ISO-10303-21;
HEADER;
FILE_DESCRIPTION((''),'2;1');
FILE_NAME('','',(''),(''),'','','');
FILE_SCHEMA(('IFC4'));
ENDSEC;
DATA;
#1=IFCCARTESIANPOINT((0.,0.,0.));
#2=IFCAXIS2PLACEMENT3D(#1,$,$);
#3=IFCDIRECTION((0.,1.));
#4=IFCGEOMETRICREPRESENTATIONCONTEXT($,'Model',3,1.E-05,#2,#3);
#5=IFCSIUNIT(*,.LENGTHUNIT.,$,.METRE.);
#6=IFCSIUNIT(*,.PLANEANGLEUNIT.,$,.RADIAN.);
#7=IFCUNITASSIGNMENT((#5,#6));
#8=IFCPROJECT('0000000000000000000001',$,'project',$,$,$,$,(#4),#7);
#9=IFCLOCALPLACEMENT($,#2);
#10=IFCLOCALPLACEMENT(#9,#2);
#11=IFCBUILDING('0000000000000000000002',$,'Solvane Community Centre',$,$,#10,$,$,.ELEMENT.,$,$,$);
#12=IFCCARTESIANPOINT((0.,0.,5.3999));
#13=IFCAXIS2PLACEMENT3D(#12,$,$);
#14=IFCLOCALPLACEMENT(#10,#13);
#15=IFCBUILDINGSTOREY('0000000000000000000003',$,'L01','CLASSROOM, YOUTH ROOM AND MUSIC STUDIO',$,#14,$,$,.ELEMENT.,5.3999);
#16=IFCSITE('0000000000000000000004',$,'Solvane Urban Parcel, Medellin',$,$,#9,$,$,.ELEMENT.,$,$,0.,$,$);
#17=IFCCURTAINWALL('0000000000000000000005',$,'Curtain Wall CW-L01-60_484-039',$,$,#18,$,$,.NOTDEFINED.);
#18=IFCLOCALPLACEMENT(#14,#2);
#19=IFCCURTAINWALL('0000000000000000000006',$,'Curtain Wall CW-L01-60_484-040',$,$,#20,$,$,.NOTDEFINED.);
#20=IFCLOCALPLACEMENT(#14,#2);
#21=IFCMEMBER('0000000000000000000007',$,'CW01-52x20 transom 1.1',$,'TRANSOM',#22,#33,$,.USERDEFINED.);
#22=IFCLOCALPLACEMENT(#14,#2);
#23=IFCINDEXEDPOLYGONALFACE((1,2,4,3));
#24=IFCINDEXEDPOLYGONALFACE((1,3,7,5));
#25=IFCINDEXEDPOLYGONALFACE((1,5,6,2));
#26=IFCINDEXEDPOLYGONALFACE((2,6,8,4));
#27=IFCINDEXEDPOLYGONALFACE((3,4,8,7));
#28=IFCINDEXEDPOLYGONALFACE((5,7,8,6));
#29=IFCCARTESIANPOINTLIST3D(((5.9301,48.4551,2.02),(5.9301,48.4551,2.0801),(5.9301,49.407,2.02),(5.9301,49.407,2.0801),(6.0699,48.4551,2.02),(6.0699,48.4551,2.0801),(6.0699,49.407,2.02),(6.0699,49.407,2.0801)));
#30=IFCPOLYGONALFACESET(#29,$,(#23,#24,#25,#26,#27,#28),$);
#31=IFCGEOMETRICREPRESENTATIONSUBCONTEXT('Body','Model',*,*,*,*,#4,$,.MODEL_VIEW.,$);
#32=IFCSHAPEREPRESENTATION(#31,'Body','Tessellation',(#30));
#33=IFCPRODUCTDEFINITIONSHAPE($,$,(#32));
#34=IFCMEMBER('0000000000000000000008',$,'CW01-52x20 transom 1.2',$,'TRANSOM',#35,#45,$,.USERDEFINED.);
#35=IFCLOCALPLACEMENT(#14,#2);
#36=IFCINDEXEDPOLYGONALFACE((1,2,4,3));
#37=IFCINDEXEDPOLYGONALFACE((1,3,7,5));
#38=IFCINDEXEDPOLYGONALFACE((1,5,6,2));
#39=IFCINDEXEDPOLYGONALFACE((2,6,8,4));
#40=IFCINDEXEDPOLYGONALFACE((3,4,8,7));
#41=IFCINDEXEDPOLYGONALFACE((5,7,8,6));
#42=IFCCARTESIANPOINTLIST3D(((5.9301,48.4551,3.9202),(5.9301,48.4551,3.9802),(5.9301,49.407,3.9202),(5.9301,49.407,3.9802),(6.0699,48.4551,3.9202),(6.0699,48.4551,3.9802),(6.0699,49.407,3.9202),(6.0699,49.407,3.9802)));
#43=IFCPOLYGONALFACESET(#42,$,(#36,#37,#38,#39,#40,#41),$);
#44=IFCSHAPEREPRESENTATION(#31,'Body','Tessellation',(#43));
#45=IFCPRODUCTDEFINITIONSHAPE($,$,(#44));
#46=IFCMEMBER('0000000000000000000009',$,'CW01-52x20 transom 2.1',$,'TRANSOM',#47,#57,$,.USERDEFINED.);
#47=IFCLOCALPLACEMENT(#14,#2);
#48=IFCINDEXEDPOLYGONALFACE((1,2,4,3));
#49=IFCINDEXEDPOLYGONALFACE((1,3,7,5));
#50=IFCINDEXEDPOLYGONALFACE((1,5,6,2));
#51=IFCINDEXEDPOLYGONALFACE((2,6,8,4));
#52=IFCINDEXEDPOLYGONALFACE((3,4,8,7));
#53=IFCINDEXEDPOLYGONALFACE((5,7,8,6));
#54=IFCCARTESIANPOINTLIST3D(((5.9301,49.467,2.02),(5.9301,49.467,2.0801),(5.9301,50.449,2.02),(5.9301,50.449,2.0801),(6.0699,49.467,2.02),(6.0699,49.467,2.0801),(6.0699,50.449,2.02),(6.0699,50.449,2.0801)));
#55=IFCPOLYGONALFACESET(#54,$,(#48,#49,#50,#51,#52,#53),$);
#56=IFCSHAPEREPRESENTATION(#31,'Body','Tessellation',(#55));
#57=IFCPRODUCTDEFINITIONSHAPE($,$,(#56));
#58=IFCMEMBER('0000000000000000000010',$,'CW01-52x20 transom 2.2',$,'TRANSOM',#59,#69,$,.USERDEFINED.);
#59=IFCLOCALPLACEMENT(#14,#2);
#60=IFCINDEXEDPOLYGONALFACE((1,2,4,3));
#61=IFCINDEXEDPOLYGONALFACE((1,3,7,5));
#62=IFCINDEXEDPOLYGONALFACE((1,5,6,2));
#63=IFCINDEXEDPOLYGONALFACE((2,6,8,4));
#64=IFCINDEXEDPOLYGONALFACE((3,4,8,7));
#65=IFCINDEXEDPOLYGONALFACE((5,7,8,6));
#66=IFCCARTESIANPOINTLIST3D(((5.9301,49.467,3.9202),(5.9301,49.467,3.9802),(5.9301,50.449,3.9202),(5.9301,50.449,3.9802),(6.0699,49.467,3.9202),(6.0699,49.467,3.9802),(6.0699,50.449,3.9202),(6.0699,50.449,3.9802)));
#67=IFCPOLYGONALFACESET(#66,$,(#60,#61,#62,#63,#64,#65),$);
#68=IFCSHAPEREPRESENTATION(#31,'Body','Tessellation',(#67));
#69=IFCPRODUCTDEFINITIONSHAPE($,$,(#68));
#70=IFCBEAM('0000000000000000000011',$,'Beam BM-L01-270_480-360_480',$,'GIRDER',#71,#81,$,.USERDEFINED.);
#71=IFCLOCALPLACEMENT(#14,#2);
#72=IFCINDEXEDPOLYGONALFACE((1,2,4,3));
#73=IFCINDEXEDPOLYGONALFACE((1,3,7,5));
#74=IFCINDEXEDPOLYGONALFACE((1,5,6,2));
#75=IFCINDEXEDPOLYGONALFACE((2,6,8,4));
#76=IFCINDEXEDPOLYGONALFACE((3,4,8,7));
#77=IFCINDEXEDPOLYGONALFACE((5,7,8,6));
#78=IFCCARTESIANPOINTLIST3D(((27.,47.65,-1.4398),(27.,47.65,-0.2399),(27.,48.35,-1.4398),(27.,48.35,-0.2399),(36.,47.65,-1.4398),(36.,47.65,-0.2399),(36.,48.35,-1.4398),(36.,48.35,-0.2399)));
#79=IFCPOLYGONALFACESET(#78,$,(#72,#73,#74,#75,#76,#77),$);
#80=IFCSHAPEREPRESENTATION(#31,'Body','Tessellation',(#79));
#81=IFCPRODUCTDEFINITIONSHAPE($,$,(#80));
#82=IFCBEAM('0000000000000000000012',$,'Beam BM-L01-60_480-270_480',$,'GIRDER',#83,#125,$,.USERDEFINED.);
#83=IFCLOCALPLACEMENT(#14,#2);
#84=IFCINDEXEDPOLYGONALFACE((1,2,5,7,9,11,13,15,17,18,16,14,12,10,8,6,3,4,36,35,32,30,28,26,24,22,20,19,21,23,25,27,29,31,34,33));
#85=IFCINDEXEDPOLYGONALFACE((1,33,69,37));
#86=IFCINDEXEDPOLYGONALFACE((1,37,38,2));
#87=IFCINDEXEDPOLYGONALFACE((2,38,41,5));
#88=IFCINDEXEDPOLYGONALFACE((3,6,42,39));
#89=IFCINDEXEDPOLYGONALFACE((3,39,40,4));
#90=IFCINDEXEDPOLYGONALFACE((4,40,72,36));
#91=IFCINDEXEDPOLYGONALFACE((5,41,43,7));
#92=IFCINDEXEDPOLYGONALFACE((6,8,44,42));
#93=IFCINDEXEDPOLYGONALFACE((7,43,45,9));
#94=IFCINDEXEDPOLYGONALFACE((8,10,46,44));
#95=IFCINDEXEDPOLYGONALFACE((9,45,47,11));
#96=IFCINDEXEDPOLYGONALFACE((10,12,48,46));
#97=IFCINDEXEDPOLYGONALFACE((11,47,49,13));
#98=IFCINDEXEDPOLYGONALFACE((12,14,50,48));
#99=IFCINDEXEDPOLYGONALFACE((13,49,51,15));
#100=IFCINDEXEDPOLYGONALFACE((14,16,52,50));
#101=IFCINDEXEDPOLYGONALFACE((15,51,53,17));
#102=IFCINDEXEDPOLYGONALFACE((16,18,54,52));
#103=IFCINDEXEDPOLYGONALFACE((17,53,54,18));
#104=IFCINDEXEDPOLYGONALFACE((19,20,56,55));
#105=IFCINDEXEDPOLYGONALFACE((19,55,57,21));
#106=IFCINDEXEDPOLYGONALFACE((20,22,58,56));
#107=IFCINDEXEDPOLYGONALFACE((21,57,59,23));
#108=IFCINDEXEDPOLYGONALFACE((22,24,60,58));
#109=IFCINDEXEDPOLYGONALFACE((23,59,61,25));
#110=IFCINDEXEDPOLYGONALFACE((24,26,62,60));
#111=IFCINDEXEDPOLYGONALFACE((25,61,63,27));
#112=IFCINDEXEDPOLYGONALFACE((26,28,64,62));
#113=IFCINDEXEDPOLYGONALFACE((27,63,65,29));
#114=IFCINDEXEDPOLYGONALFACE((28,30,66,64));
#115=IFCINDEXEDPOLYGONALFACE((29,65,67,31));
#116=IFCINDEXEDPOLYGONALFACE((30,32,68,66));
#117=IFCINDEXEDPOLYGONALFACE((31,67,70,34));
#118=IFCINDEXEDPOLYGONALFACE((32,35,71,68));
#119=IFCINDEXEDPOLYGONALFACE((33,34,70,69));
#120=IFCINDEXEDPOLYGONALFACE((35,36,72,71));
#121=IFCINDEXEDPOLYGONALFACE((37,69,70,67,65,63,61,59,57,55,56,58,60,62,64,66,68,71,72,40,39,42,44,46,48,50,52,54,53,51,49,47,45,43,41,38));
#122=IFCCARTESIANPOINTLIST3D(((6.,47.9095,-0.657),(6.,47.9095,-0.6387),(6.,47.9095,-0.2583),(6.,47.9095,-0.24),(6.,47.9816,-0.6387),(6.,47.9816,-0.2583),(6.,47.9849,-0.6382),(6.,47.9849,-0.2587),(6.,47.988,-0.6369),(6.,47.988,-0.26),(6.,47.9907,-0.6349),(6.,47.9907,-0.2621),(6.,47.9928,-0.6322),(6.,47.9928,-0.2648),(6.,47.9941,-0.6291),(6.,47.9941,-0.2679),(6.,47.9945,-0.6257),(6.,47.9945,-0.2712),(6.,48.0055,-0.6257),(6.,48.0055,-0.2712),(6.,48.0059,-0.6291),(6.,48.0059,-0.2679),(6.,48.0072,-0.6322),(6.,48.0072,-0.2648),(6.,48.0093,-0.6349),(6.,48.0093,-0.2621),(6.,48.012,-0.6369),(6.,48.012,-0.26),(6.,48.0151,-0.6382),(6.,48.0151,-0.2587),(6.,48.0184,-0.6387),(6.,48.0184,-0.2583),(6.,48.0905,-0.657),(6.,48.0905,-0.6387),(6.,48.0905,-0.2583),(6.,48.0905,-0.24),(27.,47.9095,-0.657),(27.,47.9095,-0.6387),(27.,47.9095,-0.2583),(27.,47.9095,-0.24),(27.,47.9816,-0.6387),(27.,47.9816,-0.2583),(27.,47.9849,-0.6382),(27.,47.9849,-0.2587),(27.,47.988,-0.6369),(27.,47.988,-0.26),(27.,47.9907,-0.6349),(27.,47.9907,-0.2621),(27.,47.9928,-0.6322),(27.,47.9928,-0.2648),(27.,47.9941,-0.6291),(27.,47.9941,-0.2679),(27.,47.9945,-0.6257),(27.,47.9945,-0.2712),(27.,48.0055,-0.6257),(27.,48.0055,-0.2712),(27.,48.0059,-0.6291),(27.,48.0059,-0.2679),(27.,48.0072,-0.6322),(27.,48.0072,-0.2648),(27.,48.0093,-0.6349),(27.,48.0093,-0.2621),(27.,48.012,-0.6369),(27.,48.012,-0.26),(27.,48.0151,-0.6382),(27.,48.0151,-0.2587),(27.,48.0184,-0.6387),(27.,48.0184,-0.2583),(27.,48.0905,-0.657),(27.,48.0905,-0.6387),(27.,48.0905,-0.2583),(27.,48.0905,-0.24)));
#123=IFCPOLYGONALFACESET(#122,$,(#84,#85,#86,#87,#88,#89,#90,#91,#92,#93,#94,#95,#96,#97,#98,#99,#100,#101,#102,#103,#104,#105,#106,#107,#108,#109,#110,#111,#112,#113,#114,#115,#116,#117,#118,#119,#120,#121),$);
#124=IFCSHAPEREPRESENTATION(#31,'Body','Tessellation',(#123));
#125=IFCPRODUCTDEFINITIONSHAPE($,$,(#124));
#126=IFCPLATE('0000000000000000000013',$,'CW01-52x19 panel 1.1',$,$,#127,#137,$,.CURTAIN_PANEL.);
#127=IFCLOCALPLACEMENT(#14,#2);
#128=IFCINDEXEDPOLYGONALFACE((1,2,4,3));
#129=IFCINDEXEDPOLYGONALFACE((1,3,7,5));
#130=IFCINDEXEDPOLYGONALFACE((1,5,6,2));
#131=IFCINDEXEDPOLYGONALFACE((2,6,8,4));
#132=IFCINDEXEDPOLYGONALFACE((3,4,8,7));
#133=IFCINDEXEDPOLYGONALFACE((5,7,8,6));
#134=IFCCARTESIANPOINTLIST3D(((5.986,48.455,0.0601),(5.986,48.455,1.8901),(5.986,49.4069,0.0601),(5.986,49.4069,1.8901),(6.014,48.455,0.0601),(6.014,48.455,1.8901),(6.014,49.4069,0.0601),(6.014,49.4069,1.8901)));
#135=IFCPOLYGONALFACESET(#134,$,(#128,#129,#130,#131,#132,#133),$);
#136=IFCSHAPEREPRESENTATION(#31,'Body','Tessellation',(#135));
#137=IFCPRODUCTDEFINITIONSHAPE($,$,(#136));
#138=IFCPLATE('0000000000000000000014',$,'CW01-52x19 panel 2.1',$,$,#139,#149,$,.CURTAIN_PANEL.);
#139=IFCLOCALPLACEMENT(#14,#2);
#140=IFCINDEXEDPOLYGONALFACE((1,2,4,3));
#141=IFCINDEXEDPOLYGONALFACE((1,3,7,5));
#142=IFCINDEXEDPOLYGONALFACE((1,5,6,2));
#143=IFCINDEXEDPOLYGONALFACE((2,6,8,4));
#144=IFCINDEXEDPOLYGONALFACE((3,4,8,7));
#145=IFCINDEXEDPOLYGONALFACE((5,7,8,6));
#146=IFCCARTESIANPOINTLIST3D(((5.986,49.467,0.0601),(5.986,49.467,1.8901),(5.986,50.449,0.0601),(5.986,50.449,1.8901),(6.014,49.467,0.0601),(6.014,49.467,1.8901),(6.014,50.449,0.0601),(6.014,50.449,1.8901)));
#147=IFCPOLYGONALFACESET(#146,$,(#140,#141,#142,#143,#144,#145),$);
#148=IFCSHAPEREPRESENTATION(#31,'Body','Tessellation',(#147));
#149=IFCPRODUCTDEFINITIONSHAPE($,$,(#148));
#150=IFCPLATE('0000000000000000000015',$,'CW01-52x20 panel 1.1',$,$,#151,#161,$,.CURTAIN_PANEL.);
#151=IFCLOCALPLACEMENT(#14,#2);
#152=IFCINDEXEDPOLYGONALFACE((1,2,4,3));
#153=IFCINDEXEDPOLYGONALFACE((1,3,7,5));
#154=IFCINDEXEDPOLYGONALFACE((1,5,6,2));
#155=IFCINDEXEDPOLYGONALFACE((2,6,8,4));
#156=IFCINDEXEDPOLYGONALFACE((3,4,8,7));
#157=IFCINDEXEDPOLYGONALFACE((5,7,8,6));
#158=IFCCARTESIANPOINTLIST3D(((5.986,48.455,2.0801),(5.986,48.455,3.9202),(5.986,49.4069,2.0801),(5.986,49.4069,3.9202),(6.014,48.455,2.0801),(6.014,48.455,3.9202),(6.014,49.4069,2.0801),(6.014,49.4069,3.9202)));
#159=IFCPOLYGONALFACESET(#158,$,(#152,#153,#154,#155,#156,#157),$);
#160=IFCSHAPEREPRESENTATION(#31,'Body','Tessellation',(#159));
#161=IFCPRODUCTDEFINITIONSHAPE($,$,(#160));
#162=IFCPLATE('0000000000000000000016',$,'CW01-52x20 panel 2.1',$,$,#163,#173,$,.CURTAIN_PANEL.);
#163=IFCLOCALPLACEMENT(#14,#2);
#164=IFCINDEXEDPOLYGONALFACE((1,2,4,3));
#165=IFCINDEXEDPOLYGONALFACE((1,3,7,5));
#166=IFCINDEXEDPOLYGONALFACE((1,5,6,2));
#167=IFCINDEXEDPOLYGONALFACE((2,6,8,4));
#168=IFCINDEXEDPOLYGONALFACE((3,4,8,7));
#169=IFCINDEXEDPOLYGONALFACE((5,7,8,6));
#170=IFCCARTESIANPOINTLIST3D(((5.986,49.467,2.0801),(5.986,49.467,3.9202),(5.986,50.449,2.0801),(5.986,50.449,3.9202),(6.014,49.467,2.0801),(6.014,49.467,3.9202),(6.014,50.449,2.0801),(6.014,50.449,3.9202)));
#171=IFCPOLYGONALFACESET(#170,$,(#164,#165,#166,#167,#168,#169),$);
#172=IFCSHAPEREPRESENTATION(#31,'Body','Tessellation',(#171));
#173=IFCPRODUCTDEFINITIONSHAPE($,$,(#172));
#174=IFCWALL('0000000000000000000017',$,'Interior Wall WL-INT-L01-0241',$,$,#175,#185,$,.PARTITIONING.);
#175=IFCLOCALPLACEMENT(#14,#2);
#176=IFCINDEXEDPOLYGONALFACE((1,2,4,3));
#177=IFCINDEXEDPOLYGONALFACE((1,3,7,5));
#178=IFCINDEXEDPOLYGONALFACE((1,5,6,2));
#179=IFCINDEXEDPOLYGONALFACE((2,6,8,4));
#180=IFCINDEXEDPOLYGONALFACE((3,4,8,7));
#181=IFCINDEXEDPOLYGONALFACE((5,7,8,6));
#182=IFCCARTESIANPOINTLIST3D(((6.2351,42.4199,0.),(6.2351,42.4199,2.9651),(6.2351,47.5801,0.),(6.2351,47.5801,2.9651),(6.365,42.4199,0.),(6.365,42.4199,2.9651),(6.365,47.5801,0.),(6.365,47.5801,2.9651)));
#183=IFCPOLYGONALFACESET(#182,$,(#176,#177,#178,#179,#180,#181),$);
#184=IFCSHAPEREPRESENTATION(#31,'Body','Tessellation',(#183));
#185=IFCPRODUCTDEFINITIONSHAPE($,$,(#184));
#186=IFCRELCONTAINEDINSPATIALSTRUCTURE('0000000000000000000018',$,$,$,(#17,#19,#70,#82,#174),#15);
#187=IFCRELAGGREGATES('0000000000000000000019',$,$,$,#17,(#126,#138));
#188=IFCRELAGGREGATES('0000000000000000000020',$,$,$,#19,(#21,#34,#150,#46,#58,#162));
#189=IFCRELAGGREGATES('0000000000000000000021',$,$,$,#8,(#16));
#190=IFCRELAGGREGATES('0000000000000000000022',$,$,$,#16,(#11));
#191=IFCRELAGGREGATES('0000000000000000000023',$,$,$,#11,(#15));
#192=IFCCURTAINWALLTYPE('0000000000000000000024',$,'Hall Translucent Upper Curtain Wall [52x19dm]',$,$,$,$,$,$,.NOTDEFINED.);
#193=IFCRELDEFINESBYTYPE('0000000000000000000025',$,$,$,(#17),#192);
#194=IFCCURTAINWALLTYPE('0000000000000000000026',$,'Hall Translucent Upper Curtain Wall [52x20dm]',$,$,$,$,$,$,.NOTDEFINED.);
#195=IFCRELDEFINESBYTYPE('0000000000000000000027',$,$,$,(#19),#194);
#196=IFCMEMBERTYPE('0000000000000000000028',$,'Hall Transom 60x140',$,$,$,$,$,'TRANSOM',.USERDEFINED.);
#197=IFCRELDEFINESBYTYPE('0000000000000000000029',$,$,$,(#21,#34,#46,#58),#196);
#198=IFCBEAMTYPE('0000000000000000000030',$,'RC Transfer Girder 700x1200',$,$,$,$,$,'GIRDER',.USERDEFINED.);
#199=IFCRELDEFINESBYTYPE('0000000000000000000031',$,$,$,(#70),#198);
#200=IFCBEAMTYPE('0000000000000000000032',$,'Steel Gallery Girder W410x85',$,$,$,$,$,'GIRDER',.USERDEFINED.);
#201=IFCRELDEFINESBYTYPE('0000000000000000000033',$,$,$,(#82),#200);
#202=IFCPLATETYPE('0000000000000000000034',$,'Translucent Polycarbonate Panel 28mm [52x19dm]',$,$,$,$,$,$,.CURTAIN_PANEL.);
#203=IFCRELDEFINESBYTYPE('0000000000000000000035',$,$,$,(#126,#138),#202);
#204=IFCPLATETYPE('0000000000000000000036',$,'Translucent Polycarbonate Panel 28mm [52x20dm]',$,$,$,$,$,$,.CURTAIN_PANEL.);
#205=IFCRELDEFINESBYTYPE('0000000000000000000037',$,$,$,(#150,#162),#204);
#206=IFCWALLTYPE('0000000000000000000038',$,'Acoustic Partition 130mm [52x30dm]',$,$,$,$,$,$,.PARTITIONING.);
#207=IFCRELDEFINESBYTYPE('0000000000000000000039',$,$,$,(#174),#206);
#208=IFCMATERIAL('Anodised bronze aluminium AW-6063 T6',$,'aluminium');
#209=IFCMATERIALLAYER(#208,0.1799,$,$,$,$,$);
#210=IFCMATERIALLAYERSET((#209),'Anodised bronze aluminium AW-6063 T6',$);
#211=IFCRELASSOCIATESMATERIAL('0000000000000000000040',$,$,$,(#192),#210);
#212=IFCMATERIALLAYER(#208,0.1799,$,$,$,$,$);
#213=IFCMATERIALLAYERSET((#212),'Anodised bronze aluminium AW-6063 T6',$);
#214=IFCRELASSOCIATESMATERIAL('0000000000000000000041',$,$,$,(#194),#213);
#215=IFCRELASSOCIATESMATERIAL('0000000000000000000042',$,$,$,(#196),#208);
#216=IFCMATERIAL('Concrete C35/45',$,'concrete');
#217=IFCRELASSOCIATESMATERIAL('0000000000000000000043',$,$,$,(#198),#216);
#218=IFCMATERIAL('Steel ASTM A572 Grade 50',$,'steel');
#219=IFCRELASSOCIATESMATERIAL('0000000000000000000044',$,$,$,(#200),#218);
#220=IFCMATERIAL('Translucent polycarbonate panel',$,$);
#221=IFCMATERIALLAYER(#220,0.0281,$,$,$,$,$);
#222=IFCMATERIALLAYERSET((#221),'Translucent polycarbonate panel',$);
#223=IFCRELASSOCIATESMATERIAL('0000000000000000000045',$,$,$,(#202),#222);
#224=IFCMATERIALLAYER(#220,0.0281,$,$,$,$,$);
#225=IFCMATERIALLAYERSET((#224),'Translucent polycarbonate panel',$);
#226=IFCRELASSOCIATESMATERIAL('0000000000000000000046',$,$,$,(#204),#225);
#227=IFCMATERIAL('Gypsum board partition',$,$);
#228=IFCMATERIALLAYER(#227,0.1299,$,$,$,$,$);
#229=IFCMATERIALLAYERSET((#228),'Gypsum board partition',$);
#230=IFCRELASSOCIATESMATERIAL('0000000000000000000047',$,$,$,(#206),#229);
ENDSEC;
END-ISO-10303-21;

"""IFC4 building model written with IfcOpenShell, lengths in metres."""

from ifc_helpers import new_model, si_unit, direction, frame, frame_2d, origin, origin_2d, place, context, subcontext, project, spatial, rectangle, i_section, extrude, material, layer, layer_set, material_profile, profile_set, type_object, element, aggregate, save


model = new_model("IFC4")

# Units and contexts
model_context = context("Model", 3, precision=1e-05, world=origin(), true_north=direction((0.0, 1.0)))
body_context = subcontext(model_context, "Body", "Model", "MODEL_VIEW")
ifc_project = project(units=[si_unit("LENGTHUNIT", "METRE"), si_unit("PLANEANGLEUNIT", "RADIAN")], contexts=[model_context])

# Site, building, storey
site_placement = place(None, origin())
site = spatial("IfcSite", under=ifc_project, at=site_placement, Name="Solvane Urban Parcel, Medellin", CompositionType="ELEMENT", RefElevation=0.0)
building_placement = place(site_placement, origin())
building = spatial("IfcBuilding", under=site, at=building_placement, Name="Solvane Community Centre", CompositionType="ELEMENT")
storey_placement = place(building_placement, frame((0.0, 0.0, 5.3999)))
storey = spatial("IfcBuildingStorey", under=building, at=storey_placement, Name="L01", Description="CLASSROOM, YOUTH ROOM AND MUSIC STUDIO", CompositionType="ELEMENT", Elevation=5.3999)

# Shared definitions
ifc_material_1 = material(Name="Concrete C35/45", Category="concrete")

# Curtain walls
ifc_material_2 = material(Name="Anodised bronze aluminium AW-6063 T6", Category="aluminium")
ifc_layer_1 = layer(ifc_material_2, 0.1799)
ifc_layer_set_1 = layer_set([ifc_layer_1], Name="Anodised bronze aluminium AW-6063 T6")
curtain_wall_type_1 = type_object("IfcCurtainWallType", Name="Hall Translucent Upper Curtain Wall [52x19dm]", PredefinedType="NOTDEFINED", material=ifc_layer_set_1)
curtain_wall_1_placement = place(storey_placement, origin())
curtain_wall_1 = element("IfcCurtainWall", 1, at=curtain_wall_1_placement, inside=storey, type_object=curtain_wall_type_1, Name="Curtain Wall CW-L01-60_484-039", PredefinedType="NOTDEFINED")
ifc_layer_2 = layer(ifc_material_2, 0.1799)
ifc_layer_set_2 = layer_set([ifc_layer_2], Name="Anodised bronze aluminium AW-6063 T6")
curtain_wall_type_2 = type_object("IfcCurtainWallType", Name="Hall Translucent Upper Curtain Wall [52x20dm]", PredefinedType="NOTDEFINED", material=ifc_layer_set_2)
curtain_wall_2_placement = place(storey_placement, origin())
curtain_wall_2 = element("IfcCurtainWall", 2, at=curtain_wall_2_placement, inside=storey, type_object=curtain_wall_type_2, Name="Curtain Wall CW-L01-60_484-040", PredefinedType="NOTDEFINED")

# Members
ifc_material_profile_1 = material_profile(ifc_material_2, rectangle(XDim=0.1399, YDim=0.0601, at=origin_2d()), Name="CW-T 60x140")
ifc_profile_set_1 = profile_set([ifc_material_profile_1], Name="Anodised bronze aluminium AW-6063 T6")
member_type_1 = type_object("IfcMemberType", Name="Hall Transom 60x140", ElementType="TRANSOM", PredefinedType="USERDEFINED", material=ifc_profile_set_1)
member_1_placement = place(storey_placement, frame((6.0, 48.4551, 2.05), z_axis=(0.0, 1.0, 0.0), x_axis=(-1.0, 0.0, 0.0)))
member_1 = element("IfcMember", 3, at=member_1_placement, type_object=member_type_1, Name="CW01-52x20 transom 1.1", ObjectType="TRANSOM", PredefinedType="USERDEFINED", context=body_context, shape_type="SweptSolid", body=[
    extrude(rectangle(XDim=0.1399, YDim=0.0601, at=origin_2d()), origin(), (0.0, 0.0, 1.0), 0.9519),
])
member_2_placement = place(storey_placement, frame((6.0, 48.4551, 3.9502), z_axis=(0.0, 1.0, 0.0), x_axis=(-1.0, 0.0, 0.0)))
member_2 = element("IfcMember", 4, at=member_2_placement, type_object=member_type_1, Name="CW01-52x20 transom 1.2", ObjectType="TRANSOM", PredefinedType="USERDEFINED", context=body_context, shape_type="SweptSolid", body=[
    extrude(rectangle(XDim=0.1399, YDim=0.0601, at=origin_2d()), origin(), (0.0, 0.0, 1.0), 0.9519),
])
member_3_placement = place(storey_placement, frame((6.0, 49.467, 2.05), z_axis=(0.0, 1.0, 0.0), x_axis=(-1.0, 0.0, 0.0)))
member_3 = element("IfcMember", 5, at=member_3_placement, type_object=member_type_1, Name="CW01-52x20 transom 2.1", ObjectType="TRANSOM", PredefinedType="USERDEFINED", context=body_context, shape_type="SweptSolid", body=[
    extrude(rectangle(XDim=0.1399, YDim=0.0601, at=origin_2d()), origin(), (0.0, 0.0, 1.0), 0.9819),
])
member_4_placement = place(storey_placement, frame((6.0, 49.467, 3.9502), z_axis=(0.0, 1.0, 0.0), x_axis=(-1.0, 0.0, 0.0)))
member_4 = element("IfcMember", 6, at=member_4_placement, type_object=member_type_1, Name="CW01-52x20 transom 2.2", ObjectType="TRANSOM", PredefinedType="USERDEFINED", context=body_context, shape_type="SweptSolid", body=[
    extrude(rectangle(XDim=0.1399, YDim=0.0601, at=origin_2d()), origin(), (0.0, 0.0, 1.0), 0.9819),
])

# Beams
ifc_material_profile_2 = material_profile(ifc_material_1, rectangle(XDim=0.7, YDim=1.2, at=origin_2d()), Name="RC 700x1200")
ifc_profile_set_2 = profile_set([ifc_material_profile_2], Name="Concrete C35/45")
beam_type_1 = type_object("IfcBeamType", Name="RC Transfer Girder 700x1200", ElementType="GIRDER", PredefinedType="USERDEFINED", material=ifc_profile_set_2)
beam_1_placement = place(storey_placement, frame((27.0, 48.0, -0.8398), z_axis=(1.0, 0.0, 0.0), x_axis=(0.0, 1.0, 0.0)))
element("IfcBeam", 7, at=beam_1_placement, inside=storey, type_object=beam_type_1, Name="Beam BM-L01-270_480-360_480", ObjectType="GIRDER", PredefinedType="USERDEFINED", context=body_context, shape_type="SweptSolid", body=[
    extrude(rectangle(XDim=0.7, YDim=1.2, at=origin_2d()), origin(), (0.0, 0.0, 1.0), 9.0),
])
ifc_material_3 = material(Name="Steel ASTM A572 Grade 50", Category="steel")
ifc_material_profile_3 = material_profile(ifc_material_3, i_section(OverallWidth=0.1809, OverallDepth=0.417, WebThickness=0.011, FlangeThickness=0.0183, FilletRadius=0.0129, at=origin_2d()), Name="W410x85")
ifc_profile_set_3 = profile_set([ifc_material_profile_3], Name="Steel ASTM A572 Grade 50")
beam_type_2 = type_object("IfcBeamType", Name="Steel Gallery Girder W410x85", ElementType="GIRDER", PredefinedType="USERDEFINED", material=ifc_profile_set_3)
beam_2_placement = place(storey_placement, frame((6.0, 48.0, -0.4485), z_axis=(1.0, 0.0, 0.0), x_axis=(0.0, 1.0, 0.0)))
element("IfcBeam", 8, at=beam_2_placement, inside=storey, type_object=beam_type_2, Name="Beam BM-L01-60_480-270_480", ObjectType="GIRDER", PredefinedType="USERDEFINED", context=body_context, shape_type="SweptSolid", body=[
    extrude(i_section(OverallWidth=0.1809, OverallDepth=0.417, WebThickness=0.011, FlangeThickness=0.0183, FilletRadius=0.0129, at=origin_2d()), origin(), (0.0, 0.0, 1.0), 21.0),
])

# Plates
ifc_material_4 = material(Name="Translucent polycarbonate panel")
ifc_layer_3 = layer(ifc_material_4, 0.0281)
ifc_layer_set_3 = layer_set([ifc_layer_3], Name="Translucent polycarbonate panel")
plate_type_1 = type_object("IfcPlateType", Name="Translucent Polycarbonate Panel 28mm [52x19dm]", PredefinedType="CURTAIN_PANEL", material=ifc_layer_set_3)
plate_1_placement = place(storey_placement, frame((6.0, 48.9309, 0.0601), z_axis=(0.0, 0.0, 1.0), x_axis=(0.0, 1.0, 0.0)))
plate_1 = element("IfcPlate", 9, at=plate_1_placement, type_object=plate_type_1, Name="CW01-52x19 panel 1.1", PredefinedType="CURTAIN_PANEL", context=body_context, shape_type="SweptSolid", body=[
    extrude(rectangle(XDim=0.9519, YDim=0.0281, at=origin_2d()), origin(), (0.0, 0.0, 1.0), 1.8301),
])
plate_2_placement = place(storey_placement, frame((6.0, 49.958, 0.0601), z_axis=(0.0, 0.0, 1.0), x_axis=(0.0, 1.0, 0.0)))
plate_2 = element("IfcPlate", 10, at=plate_2_placement, type_object=plate_type_1, Name="CW01-52x19 panel 2.1", PredefinedType="CURTAIN_PANEL", context=body_context, shape_type="SweptSolid", body=[
    extrude(rectangle(XDim=0.9819, YDim=0.0281, at=origin_2d()), origin(), (0.0, 0.0, 1.0), 1.8301),
])
aggregate(curtain_wall_1, [plate_1, plate_2])
ifc_layer_4 = layer(ifc_material_4, 0.0281)
ifc_layer_set_4 = layer_set([ifc_layer_4], Name="Translucent polycarbonate panel")
plate_type_2 = type_object("IfcPlateType", Name="Translucent Polycarbonate Panel 28mm [52x20dm]", PredefinedType="CURTAIN_PANEL", material=ifc_layer_set_4)
plate_3_placement = place(storey_placement, frame((6.0, 48.9309, 2.0801), z_axis=(0.0, 0.0, 1.0), x_axis=(0.0, 1.0, 0.0)))
plate_3 = element("IfcPlate", 11, at=plate_3_placement, type_object=plate_type_2, Name="CW01-52x20 panel 1.1", PredefinedType="CURTAIN_PANEL", context=body_context, shape_type="SweptSolid", body=[
    extrude(rectangle(XDim=0.9519, YDim=0.0281, at=origin_2d()), origin(), (0.0, 0.0, 1.0), 1.8401),
])
plate_4_placement = place(storey_placement, frame((6.0, 49.958, 2.0801), z_axis=(0.0, 0.0, 1.0), x_axis=(0.0, 1.0, 0.0)))
plate_4 = element("IfcPlate", 12, at=plate_4_placement, type_object=plate_type_2, Name="CW01-52x20 panel 2.1", PredefinedType="CURTAIN_PANEL", context=body_context, shape_type="SweptSolid", body=[
    extrude(rectangle(XDim=0.9819, YDim=0.0281, at=origin_2d()), origin(), (0.0, 0.0, 1.0), 1.8401),
])
aggregate(curtain_wall_2, [member_1, member_2, plate_3, member_3, member_4, plate_4])

# Wall
ifc_material_5 = material(Name="Gypsum board partition")
ifc_layer_5 = layer(ifc_material_5, 0.1299)
ifc_layer_set_5 = layer_set([ifc_layer_5], Name="Gypsum board partition")
wall_type = type_object("IfcWallType", Name="Acoustic Partition 130mm [52x30dm]", PredefinedType="PARTITIONING", material=ifc_layer_set_5)
wall_placement = place(storey_placement, frame((6.3, 47.5801, 0.0), z_axis=(0.0, 0.0, 1.0), x_axis=(0.0, -1.0, 0.0)))
element("IfcWall", 13, at=wall_placement, inside=storey, type_object=wall_type, Name="Interior Wall WL-INT-L01-0241", PredefinedType="PARTITIONING", context=body_context, shape_type="SweptSolid", body=[
    extrude(rectangle(XDim=5.1602, YDim=0.1299, at=frame_2d((2.5801, 0.0))), origin(), (0.0, 0.0, 1.0), 2.9651),
])

save(model, "model.ifc")
